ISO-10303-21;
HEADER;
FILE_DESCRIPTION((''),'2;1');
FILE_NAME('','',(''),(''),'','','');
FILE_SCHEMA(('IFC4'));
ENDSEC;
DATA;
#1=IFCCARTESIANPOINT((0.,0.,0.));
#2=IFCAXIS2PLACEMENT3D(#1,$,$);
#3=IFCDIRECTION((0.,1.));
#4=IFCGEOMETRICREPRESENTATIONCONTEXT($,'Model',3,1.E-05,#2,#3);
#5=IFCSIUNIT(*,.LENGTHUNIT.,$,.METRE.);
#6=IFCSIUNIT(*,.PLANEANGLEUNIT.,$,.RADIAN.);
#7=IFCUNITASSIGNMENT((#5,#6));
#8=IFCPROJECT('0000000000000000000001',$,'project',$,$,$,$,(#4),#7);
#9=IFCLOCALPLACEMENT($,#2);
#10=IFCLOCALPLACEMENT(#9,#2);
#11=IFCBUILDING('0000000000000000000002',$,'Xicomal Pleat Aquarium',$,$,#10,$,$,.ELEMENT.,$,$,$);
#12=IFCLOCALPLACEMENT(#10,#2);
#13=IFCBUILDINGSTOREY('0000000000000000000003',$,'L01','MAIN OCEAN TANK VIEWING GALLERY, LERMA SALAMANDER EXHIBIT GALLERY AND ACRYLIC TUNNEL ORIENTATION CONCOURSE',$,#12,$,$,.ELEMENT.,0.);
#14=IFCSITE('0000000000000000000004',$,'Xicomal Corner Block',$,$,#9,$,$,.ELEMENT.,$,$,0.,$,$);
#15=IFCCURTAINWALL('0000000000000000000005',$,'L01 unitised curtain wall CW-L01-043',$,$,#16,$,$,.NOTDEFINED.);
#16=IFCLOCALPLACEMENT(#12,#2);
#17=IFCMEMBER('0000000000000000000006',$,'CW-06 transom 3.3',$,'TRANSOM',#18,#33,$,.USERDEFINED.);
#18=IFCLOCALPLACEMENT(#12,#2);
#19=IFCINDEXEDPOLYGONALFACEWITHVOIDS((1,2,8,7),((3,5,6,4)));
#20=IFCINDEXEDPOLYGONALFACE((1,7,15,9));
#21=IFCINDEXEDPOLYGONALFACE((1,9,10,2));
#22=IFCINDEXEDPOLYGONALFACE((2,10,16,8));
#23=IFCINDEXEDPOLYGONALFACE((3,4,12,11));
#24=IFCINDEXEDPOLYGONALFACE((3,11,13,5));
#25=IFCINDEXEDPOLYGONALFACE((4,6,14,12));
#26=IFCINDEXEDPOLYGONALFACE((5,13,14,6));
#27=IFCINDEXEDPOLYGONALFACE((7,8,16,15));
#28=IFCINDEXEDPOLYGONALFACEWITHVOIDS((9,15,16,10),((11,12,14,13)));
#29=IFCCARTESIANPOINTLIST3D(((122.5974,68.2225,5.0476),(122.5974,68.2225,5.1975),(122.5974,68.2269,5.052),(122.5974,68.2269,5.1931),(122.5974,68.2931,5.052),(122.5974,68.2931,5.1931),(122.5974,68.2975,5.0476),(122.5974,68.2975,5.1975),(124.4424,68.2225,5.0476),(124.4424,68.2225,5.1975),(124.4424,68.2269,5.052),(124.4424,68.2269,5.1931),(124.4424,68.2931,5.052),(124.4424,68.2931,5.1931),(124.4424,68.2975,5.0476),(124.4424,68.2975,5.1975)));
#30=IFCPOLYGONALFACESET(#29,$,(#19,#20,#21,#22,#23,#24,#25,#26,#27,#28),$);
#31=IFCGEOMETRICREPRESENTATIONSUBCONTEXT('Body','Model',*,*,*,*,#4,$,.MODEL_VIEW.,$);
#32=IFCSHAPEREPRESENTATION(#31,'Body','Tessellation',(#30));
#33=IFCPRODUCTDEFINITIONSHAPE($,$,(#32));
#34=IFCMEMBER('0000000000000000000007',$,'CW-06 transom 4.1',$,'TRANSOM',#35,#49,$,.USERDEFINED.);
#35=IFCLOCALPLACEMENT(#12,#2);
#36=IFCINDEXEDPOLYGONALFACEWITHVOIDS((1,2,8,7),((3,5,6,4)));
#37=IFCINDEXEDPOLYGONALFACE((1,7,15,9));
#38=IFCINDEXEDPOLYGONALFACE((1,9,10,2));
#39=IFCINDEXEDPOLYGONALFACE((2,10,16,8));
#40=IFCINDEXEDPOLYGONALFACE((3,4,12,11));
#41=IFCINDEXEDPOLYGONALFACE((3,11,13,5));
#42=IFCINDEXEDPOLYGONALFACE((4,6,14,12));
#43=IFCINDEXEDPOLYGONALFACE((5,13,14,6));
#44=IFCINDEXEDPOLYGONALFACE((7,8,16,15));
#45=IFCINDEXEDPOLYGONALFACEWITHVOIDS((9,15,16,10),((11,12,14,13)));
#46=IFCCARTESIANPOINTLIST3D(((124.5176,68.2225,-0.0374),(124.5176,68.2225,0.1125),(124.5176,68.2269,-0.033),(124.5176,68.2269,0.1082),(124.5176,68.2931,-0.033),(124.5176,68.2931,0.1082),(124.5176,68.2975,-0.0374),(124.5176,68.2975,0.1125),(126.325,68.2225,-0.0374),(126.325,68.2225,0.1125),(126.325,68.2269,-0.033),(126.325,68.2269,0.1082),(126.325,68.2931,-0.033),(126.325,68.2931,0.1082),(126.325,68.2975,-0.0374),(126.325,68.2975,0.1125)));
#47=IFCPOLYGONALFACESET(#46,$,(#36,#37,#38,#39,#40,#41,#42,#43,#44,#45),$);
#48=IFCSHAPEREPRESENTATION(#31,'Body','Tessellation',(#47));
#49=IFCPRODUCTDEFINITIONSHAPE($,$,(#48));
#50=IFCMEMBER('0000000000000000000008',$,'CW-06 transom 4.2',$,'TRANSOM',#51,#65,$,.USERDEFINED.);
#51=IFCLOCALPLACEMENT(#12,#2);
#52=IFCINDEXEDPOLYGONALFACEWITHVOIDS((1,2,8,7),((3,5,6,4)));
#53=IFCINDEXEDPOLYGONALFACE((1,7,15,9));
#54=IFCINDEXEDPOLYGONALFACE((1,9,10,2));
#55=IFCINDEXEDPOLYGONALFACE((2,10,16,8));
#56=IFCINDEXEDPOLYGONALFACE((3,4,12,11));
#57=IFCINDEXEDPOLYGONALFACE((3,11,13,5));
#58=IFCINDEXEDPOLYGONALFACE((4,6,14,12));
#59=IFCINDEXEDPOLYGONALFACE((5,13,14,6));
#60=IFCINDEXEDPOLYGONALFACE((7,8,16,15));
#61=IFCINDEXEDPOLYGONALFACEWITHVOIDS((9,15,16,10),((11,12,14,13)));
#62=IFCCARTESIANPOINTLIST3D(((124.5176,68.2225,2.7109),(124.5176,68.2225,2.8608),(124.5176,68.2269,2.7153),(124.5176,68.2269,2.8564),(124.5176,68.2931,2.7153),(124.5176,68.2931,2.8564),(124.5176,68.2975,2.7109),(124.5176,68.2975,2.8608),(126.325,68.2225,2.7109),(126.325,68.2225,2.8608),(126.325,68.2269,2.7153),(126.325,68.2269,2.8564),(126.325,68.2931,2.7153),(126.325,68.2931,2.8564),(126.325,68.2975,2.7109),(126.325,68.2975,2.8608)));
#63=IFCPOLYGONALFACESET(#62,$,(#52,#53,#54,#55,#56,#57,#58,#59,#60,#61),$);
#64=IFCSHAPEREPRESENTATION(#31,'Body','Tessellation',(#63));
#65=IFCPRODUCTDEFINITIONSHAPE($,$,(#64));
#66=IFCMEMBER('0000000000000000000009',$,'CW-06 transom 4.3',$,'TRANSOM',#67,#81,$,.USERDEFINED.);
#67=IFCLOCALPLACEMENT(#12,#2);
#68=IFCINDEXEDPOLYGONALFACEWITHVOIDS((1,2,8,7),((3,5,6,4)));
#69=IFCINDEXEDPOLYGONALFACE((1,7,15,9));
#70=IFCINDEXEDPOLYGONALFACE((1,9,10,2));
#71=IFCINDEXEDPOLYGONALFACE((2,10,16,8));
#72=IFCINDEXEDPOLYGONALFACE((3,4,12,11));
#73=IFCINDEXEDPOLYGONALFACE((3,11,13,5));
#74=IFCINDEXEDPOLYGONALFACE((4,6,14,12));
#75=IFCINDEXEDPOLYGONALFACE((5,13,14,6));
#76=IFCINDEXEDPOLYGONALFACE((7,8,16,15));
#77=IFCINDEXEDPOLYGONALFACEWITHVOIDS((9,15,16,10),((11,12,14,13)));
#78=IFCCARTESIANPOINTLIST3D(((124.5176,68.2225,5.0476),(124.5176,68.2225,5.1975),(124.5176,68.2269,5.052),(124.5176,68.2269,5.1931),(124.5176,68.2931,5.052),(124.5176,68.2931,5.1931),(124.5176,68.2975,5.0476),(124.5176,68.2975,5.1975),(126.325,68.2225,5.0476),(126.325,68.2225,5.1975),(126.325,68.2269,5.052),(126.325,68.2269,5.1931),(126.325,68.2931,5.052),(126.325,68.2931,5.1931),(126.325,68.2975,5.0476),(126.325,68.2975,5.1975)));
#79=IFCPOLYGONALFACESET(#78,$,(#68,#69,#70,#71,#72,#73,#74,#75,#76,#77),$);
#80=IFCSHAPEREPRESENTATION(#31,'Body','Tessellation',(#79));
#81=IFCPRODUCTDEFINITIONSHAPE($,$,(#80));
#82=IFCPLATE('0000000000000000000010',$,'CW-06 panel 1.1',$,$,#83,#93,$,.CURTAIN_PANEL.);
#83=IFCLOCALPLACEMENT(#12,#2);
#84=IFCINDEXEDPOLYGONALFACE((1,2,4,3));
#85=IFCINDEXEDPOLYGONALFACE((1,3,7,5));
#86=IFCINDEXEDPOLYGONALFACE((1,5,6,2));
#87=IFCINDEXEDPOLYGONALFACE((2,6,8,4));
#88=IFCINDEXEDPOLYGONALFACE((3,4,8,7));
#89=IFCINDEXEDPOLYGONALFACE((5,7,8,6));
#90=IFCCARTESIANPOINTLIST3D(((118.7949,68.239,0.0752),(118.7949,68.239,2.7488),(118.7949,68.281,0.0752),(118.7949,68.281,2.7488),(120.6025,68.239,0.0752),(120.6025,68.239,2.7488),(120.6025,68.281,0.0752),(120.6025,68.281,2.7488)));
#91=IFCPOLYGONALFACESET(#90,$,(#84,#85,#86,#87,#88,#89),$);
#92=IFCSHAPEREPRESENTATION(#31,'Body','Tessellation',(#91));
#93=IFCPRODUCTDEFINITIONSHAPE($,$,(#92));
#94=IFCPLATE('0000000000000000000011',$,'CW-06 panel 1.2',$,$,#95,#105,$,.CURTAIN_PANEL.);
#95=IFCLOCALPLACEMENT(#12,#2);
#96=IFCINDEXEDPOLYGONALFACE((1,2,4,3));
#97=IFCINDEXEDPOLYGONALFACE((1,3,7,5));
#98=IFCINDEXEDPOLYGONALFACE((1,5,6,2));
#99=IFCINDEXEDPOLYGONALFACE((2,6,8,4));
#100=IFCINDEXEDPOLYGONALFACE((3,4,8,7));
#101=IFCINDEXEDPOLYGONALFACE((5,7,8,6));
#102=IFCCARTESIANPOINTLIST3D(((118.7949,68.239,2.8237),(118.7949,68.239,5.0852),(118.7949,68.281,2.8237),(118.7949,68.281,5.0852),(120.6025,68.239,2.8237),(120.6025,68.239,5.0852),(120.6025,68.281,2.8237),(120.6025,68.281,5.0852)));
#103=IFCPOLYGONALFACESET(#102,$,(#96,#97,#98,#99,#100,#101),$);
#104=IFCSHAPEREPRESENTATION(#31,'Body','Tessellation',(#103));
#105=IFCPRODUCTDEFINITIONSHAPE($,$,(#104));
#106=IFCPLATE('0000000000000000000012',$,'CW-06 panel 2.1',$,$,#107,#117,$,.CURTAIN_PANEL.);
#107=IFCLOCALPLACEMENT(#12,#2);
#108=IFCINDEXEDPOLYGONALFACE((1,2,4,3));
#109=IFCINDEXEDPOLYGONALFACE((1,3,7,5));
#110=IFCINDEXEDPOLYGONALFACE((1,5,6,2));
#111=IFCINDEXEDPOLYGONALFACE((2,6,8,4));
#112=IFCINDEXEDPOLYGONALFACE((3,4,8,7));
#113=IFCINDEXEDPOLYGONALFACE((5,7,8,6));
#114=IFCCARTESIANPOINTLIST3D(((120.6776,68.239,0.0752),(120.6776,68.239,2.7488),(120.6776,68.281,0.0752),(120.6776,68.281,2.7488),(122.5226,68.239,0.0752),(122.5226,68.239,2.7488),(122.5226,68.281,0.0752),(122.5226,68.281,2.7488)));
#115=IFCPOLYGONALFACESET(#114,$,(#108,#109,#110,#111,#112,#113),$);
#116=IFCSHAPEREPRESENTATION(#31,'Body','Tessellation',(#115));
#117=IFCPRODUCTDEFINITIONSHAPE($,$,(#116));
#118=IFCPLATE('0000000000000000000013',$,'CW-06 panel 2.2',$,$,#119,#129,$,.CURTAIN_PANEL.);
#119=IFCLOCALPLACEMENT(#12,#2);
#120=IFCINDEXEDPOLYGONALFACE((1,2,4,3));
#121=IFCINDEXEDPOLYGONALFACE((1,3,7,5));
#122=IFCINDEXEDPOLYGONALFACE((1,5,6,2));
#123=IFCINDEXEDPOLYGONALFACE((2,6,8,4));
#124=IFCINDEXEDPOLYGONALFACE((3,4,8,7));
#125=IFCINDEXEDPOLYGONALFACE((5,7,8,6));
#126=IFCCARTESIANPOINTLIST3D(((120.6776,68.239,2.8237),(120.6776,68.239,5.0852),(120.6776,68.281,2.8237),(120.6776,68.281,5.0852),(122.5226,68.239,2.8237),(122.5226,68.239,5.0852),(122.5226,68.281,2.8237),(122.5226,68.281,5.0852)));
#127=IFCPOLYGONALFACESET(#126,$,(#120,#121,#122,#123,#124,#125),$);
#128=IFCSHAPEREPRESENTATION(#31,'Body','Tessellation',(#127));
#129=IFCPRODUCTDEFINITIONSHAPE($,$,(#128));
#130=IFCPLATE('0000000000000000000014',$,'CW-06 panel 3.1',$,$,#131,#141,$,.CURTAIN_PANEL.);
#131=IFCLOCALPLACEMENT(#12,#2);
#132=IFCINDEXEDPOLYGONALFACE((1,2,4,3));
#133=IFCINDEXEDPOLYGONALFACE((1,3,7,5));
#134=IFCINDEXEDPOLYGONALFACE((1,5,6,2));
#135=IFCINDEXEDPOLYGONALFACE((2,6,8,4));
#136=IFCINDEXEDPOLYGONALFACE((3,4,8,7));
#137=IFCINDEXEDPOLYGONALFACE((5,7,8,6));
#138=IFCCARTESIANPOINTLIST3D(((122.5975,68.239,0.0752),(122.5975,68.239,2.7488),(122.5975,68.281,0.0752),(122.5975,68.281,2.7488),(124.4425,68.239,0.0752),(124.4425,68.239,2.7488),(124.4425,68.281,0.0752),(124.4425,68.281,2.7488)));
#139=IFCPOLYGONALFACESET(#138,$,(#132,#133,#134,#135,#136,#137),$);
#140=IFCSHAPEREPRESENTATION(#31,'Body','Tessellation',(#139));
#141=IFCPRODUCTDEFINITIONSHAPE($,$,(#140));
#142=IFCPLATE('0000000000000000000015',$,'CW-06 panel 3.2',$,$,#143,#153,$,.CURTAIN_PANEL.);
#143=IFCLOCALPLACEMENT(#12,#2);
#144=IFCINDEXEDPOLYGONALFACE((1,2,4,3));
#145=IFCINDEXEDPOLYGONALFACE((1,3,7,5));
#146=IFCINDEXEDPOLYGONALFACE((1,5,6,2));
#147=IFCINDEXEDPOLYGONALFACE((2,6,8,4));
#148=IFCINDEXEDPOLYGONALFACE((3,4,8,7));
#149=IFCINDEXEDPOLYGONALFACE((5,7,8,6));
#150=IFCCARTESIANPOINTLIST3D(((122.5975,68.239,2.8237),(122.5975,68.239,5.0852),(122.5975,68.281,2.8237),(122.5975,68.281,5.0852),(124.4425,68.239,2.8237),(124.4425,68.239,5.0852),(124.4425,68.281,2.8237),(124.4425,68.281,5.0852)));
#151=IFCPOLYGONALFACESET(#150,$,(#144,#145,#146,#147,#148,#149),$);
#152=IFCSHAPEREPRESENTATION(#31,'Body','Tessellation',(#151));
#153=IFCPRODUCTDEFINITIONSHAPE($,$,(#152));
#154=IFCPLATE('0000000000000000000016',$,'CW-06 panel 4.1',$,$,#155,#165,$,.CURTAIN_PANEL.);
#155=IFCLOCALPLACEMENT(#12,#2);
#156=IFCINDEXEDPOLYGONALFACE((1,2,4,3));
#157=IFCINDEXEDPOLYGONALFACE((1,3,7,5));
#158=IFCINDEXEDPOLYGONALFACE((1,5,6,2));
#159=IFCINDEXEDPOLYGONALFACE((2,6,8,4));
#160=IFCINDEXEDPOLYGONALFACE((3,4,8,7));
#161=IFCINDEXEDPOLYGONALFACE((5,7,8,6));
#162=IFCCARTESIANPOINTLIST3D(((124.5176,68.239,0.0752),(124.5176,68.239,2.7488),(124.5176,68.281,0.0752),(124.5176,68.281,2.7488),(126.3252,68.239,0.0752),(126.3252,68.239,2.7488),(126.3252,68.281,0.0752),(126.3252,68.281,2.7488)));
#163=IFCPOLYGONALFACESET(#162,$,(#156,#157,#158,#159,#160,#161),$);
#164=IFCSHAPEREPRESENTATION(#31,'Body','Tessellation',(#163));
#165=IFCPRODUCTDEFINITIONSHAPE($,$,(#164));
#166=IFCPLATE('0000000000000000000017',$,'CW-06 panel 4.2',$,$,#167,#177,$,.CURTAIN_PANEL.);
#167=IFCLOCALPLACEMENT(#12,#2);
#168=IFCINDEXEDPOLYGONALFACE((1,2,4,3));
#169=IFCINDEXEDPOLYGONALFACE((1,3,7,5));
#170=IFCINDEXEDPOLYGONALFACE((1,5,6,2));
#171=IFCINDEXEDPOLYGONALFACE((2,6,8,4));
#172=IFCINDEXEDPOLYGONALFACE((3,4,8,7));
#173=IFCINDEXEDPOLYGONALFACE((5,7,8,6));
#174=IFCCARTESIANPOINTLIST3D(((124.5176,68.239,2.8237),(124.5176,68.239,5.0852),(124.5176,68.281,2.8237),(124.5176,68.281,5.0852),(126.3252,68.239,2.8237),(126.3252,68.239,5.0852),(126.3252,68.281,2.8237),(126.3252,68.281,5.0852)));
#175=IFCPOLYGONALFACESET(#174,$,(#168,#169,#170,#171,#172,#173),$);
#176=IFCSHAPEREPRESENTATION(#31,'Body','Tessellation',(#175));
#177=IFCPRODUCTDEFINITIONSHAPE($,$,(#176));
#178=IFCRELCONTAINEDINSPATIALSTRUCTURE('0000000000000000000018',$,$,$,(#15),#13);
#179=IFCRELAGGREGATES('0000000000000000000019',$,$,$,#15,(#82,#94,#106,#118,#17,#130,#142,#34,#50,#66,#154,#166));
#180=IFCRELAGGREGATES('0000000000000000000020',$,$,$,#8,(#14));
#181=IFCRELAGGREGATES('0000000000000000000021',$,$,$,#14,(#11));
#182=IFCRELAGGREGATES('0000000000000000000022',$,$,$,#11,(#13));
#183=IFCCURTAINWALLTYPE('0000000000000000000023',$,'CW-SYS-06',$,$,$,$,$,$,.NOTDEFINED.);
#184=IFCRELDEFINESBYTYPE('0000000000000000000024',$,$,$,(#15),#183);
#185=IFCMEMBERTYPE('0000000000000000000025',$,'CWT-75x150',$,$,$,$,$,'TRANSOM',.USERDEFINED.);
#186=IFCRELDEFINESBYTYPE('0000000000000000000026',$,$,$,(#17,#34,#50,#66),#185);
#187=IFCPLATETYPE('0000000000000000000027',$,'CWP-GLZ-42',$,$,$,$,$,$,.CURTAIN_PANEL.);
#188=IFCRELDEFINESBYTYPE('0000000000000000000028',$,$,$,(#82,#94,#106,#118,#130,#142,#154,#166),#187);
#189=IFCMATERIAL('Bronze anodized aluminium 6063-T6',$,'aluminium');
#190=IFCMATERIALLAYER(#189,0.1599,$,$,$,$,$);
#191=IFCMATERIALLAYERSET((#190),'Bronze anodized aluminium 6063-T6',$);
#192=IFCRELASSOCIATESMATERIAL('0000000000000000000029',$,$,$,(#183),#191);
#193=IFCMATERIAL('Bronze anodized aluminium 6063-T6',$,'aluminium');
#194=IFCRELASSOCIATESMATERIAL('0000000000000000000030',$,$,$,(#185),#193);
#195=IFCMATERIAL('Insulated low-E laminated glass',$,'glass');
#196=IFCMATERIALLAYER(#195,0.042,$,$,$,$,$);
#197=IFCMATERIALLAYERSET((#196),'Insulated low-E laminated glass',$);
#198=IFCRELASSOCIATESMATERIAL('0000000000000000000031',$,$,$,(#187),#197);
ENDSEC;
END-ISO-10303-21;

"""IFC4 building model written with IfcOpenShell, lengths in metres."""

from ifc_helpers import new_model, si_unit, direction, frame, origin, origin_2d, place, context, subcontext, project, spatial, rectangle, hollow_rectangle, extrude, material, layer, layer_set, material_profile, profile_set, type_object, element, aggregate, save


model = new_model("IFC4")

# Units and contexts
model_context = context("Model", 3, precision=1e-05, world=origin(), true_north=direction((0.0, 1.0)))
body_context = subcontext(model_context, "Body", "Model", "MODEL_VIEW")
ifc_project = project(units=[si_unit("LENGTHUNIT", "METRE"), si_unit("PLANEANGLEUNIT", "RADIAN")], contexts=[model_context])

# Site, building, storey
site_placement = place(None, origin())
site = spatial("IfcSite", under=ifc_project, at=site_placement, Name="Xicomal Corner Block", CompositionType="ELEMENT", RefElevation=0.0)
building_placement = place(site_placement, origin())
building = spatial("IfcBuilding", under=site, at=building_placement, Name="Xicomal Pleat Aquarium", CompositionType="ELEMENT")
storey_placement = place(building_placement, origin())
storey = spatial("IfcBuildingStorey", under=building, at=storey_placement, Name="L01", Description="MAIN OCEAN TANK VIEWING GALLERY, LERMA SALAMANDER EXHIBIT GALLERY AND ACRYLIC TUNNEL ORIENTATION CONCOURSE", CompositionType="ELEMENT", Elevation=0.0)

# Curtain wall, members, plates
ifc_material_1 = material(Name="Bronze anodized aluminium 6063-T6", Category="aluminium")
ifc_layer_1 = layer(ifc_material_1, 0.1599)
ifc_layer_set_1 = layer_set([ifc_layer_1], Name="Bronze anodized aluminium 6063-T6")
curtain_wall_type = type_object("IfcCurtainWallType", Name="CW-SYS-06", PredefinedType="NOTDEFINED", material=ifc_layer_set_1)
curtain_wall_placement = place(storey_placement, origin())
curtain_wall = element("IfcCurtainWall", 1, at=curtain_wall_placement, inside=storey, type_object=curtain_wall_type, Name="L01 unitised curtain wall CW-L01-043", PredefinedType="NOTDEFINED")
ifc_material_2 = material(Name="Bronze anodized aluminium 6063-T6", Category="aluminium")
ifc_material_profile_1 = material_profile(ifc_material_2, hollow_rectangle(XDim=0.075, YDim=0.1499, WallThickness=0.0044, at=origin_2d()), Name="ALU TRAN 75x150")
ifc_profile_set_1 = profile_set([ifc_material_profile_1], Name="Bronze anodized aluminium 6063-T6")
member_type_1 = type_object("IfcMemberType", Name="CWT-75x150", ElementType="TRANSOM", PredefinedType="USERDEFINED", material=ifc_profile_set_1)
member_1_placement = place(storey_placement, frame((122.5974, 68.26, 5.1226), z_axis=(1.0, 0.0, 0.0), x_axis=(0.0, 1.0, 0.0)))
member_1 = element("IfcMember", 2, at=member_1_placement, type_object=member_type_1, Name="CW-06 transom 3.3", ObjectType="TRANSOM", PredefinedType="USERDEFINED", context=body_context, shape_type="SweptSolid", body=[
    extrude(hollow_rectangle(XDim=0.075, YDim=0.1499, WallThickness=0.0044, at=origin_2d()), origin(), (0.0, 0.0, 1.0), 1.845),
])
member_2_placement = place(storey_placement, frame((124.5176, 68.26, 0.0376), z_axis=(1.0, 0.0, 0.0), x_axis=(0.0, 1.0, 0.0)))
member_2 = element("IfcMember", 3, at=member_2_placement, type_object=member_type_1, Name="CW-06 transom 4.1", ObjectType="TRANSOM", PredefinedType="USERDEFINED", context=body_context, shape_type="SweptSolid", body=[
    extrude(hollow_rectangle(XDim=0.075, YDim=0.1499, WallThickness=0.0044, at=origin_2d()), origin(), (0.0, 0.0, 1.0), 1.8074),
])
member_3_placement = place(storey_placement, frame((124.5176, 68.26, 2.7859), z_axis=(1.0, 0.0, 0.0), x_axis=(0.0, 1.0, 0.0)))
member_3 = element("IfcMember", 4, at=member_3_placement, type_object=member_type_1, Name="CW-06 transom 4.2", ObjectType="TRANSOM", PredefinedType="USERDEFINED", context=body_context, shape_type="SweptSolid", body=[
    extrude(hollow_rectangle(XDim=0.075, YDim=0.1499, WallThickness=0.0044, at=origin_2d()), origin(), (0.0, 0.0, 1.0), 1.8074),
])
member_4_placement = place(storey_placement, frame((124.5176, 68.26, 5.1226), z_axis=(1.0, 0.0, 0.0), x_axis=(0.0, 1.0, 0.0)))
member_4 = element("IfcMember", 5, at=member_4_placement, type_object=member_type_1, Name="CW-06 transom 4.3", ObjectType="TRANSOM", PredefinedType="USERDEFINED", context=body_context, shape_type="SweptSolid", body=[
    extrude(hollow_rectangle(XDim=0.075, YDim=0.1499, WallThickness=0.0044, at=origin_2d()), origin(), (0.0, 0.0, 1.0), 1.8074),
])
ifc_material_3 = material(Name="Insulated low-E laminated glass", Category="glass")
ifc_layer_2 = layer(ifc_material_3, 0.042)
ifc_layer_set_2 = layer_set([ifc_layer_2], Name="Insulated low-E laminated glass")
plate_type = type_object("IfcPlateType", Name="CWP-GLZ-42", PredefinedType="CURTAIN_PANEL", material=ifc_layer_set_2)
plate_1_placement = place(storey_placement, frame((119.6987, 68.26, 0.0752), z_axis=(0.0, 0.0, 1.0), x_axis=(1.0, 0.0, 0.0)))
plate_1 = element("IfcPlate", 6, at=plate_1_placement, type_object=plate_type, Name="CW-06 panel 1.1", PredefinedType="CURTAIN_PANEL", context=body_context, shape_type="SweptSolid", body=[
    extrude(rectangle(XDim=1.8076, YDim=0.042, at=origin_2d()), origin(), (0.0, 0.0, 1.0), 2.6736),
])
plate_2_placement = place(storey_placement, frame((119.6987, 68.26, 2.8237), z_axis=(0.0, 0.0, 1.0), x_axis=(1.0, 0.0, 0.0)))
plate_2 = element("IfcPlate", 7, at=plate_2_placement, type_object=plate_type, Name="CW-06 panel 1.2", PredefinedType="CURTAIN_PANEL", context=body_context, shape_type="SweptSolid", body=[
    extrude(rectangle(XDim=1.8076, YDim=0.042, at=origin_2d()), origin(), (0.0, 0.0, 1.0), 2.2615),
])
plate_3_placement = place(storey_placement, frame((121.6001, 68.26, 0.0752), z_axis=(0.0, 0.0, 1.0), x_axis=(1.0, 0.0, 0.0)))
plate_3 = element("IfcPlate", 8, at=plate_3_placement, type_object=plate_type, Name="CW-06 panel 2.1", PredefinedType="CURTAIN_PANEL", context=body_context, shape_type="SweptSolid", body=[
    extrude(rectangle(XDim=1.845, YDim=0.042, at=origin_2d()), origin(), (0.0, 0.0, 1.0), 2.6736),
])
plate_4_placement = place(storey_placement, frame((121.6001, 68.26, 2.8237), z_axis=(0.0, 0.0, 1.0), x_axis=(1.0, 0.0, 0.0)))
plate_4 = element("IfcPlate", 9, at=plate_4_placement, type_object=plate_type, Name="CW-06 panel 2.2", PredefinedType="CURTAIN_PANEL", context=body_context, shape_type="SweptSolid", body=[
    extrude(rectangle(XDim=1.845, YDim=0.042, at=origin_2d()), origin(), (0.0, 0.0, 1.0), 2.2615),
])
plate_5_placement = place(storey_placement, frame((123.52, 68.26, 0.0752), z_axis=(0.0, 0.0, 1.0), x_axis=(1.0, 0.0, 0.0)))
plate_5 = element("IfcPlate", 10, at=plate_5_placement, type_object=plate_type, Name="CW-06 panel 3.1", PredefinedType="CURTAIN_PANEL", context=body_context, shape_type="SweptSolid", body=[
    extrude(rectangle(XDim=1.845, YDim=0.042, at=origin_2d()), origin(), (0.0, 0.0, 1.0), 2.6736),
])
plate_6_placement = place(storey_placement, frame((123.52, 68.26, 2.8237), z_axis=(0.0, 0.0, 1.0), x_axis=(1.0, 0.0, 0.0)))
plate_6 = element("IfcPlate", 11, at=plate_6_placement, type_object=plate_type, Name="CW-06 panel 3.2", PredefinedType="CURTAIN_PANEL", context=body_context, shape_type="SweptSolid", body=[
    extrude(rectangle(XDim=1.845, YDim=0.042, at=origin_2d()), origin(), (0.0, 0.0, 1.0), 2.2615),
])
plate_7_placement = place(storey_placement, frame((125.4214, 68.26, 0.0752), z_axis=(0.0, 0.0, 1.0), x_axis=(1.0, 0.0, 0.0)))
plate_7 = element("IfcPlate", 12, at=plate_7_placement, type_object=plate_type, Name="CW-06 panel 4.1", PredefinedType="CURTAIN_PANEL", context=body_context, shape_type="SweptSolid", body=[
    extrude(rectangle(XDim=1.8076, YDim=0.042, at=origin_2d()), origin(), (0.0, 0.0, 1.0), 2.6736),
])
plate_8_placement = place(storey_placement, frame((125.4214, 68.26, 2.8237), z_axis=(0.0, 0.0, 1.0), x_axis=(1.0, 0.0, 0.0)))
plate_8 = element("IfcPlate", 13, at=plate_8_placement, type_object=plate_type, Name="CW-06 panel 4.2", PredefinedType="CURTAIN_PANEL", context=body_context, shape_type="SweptSolid", body=[
    extrude(rectangle(XDim=1.8076, YDim=0.042, at=origin_2d()), origin(), (0.0, 0.0, 1.0), 2.2615),
])
aggregate(curtain_wall, [plate_1, plate_2, plate_3, plate_4, member_1, plate_5, plate_6, member_2, member_3, member_4, plate_7, plate_8])

save(model, "model.ifc")
